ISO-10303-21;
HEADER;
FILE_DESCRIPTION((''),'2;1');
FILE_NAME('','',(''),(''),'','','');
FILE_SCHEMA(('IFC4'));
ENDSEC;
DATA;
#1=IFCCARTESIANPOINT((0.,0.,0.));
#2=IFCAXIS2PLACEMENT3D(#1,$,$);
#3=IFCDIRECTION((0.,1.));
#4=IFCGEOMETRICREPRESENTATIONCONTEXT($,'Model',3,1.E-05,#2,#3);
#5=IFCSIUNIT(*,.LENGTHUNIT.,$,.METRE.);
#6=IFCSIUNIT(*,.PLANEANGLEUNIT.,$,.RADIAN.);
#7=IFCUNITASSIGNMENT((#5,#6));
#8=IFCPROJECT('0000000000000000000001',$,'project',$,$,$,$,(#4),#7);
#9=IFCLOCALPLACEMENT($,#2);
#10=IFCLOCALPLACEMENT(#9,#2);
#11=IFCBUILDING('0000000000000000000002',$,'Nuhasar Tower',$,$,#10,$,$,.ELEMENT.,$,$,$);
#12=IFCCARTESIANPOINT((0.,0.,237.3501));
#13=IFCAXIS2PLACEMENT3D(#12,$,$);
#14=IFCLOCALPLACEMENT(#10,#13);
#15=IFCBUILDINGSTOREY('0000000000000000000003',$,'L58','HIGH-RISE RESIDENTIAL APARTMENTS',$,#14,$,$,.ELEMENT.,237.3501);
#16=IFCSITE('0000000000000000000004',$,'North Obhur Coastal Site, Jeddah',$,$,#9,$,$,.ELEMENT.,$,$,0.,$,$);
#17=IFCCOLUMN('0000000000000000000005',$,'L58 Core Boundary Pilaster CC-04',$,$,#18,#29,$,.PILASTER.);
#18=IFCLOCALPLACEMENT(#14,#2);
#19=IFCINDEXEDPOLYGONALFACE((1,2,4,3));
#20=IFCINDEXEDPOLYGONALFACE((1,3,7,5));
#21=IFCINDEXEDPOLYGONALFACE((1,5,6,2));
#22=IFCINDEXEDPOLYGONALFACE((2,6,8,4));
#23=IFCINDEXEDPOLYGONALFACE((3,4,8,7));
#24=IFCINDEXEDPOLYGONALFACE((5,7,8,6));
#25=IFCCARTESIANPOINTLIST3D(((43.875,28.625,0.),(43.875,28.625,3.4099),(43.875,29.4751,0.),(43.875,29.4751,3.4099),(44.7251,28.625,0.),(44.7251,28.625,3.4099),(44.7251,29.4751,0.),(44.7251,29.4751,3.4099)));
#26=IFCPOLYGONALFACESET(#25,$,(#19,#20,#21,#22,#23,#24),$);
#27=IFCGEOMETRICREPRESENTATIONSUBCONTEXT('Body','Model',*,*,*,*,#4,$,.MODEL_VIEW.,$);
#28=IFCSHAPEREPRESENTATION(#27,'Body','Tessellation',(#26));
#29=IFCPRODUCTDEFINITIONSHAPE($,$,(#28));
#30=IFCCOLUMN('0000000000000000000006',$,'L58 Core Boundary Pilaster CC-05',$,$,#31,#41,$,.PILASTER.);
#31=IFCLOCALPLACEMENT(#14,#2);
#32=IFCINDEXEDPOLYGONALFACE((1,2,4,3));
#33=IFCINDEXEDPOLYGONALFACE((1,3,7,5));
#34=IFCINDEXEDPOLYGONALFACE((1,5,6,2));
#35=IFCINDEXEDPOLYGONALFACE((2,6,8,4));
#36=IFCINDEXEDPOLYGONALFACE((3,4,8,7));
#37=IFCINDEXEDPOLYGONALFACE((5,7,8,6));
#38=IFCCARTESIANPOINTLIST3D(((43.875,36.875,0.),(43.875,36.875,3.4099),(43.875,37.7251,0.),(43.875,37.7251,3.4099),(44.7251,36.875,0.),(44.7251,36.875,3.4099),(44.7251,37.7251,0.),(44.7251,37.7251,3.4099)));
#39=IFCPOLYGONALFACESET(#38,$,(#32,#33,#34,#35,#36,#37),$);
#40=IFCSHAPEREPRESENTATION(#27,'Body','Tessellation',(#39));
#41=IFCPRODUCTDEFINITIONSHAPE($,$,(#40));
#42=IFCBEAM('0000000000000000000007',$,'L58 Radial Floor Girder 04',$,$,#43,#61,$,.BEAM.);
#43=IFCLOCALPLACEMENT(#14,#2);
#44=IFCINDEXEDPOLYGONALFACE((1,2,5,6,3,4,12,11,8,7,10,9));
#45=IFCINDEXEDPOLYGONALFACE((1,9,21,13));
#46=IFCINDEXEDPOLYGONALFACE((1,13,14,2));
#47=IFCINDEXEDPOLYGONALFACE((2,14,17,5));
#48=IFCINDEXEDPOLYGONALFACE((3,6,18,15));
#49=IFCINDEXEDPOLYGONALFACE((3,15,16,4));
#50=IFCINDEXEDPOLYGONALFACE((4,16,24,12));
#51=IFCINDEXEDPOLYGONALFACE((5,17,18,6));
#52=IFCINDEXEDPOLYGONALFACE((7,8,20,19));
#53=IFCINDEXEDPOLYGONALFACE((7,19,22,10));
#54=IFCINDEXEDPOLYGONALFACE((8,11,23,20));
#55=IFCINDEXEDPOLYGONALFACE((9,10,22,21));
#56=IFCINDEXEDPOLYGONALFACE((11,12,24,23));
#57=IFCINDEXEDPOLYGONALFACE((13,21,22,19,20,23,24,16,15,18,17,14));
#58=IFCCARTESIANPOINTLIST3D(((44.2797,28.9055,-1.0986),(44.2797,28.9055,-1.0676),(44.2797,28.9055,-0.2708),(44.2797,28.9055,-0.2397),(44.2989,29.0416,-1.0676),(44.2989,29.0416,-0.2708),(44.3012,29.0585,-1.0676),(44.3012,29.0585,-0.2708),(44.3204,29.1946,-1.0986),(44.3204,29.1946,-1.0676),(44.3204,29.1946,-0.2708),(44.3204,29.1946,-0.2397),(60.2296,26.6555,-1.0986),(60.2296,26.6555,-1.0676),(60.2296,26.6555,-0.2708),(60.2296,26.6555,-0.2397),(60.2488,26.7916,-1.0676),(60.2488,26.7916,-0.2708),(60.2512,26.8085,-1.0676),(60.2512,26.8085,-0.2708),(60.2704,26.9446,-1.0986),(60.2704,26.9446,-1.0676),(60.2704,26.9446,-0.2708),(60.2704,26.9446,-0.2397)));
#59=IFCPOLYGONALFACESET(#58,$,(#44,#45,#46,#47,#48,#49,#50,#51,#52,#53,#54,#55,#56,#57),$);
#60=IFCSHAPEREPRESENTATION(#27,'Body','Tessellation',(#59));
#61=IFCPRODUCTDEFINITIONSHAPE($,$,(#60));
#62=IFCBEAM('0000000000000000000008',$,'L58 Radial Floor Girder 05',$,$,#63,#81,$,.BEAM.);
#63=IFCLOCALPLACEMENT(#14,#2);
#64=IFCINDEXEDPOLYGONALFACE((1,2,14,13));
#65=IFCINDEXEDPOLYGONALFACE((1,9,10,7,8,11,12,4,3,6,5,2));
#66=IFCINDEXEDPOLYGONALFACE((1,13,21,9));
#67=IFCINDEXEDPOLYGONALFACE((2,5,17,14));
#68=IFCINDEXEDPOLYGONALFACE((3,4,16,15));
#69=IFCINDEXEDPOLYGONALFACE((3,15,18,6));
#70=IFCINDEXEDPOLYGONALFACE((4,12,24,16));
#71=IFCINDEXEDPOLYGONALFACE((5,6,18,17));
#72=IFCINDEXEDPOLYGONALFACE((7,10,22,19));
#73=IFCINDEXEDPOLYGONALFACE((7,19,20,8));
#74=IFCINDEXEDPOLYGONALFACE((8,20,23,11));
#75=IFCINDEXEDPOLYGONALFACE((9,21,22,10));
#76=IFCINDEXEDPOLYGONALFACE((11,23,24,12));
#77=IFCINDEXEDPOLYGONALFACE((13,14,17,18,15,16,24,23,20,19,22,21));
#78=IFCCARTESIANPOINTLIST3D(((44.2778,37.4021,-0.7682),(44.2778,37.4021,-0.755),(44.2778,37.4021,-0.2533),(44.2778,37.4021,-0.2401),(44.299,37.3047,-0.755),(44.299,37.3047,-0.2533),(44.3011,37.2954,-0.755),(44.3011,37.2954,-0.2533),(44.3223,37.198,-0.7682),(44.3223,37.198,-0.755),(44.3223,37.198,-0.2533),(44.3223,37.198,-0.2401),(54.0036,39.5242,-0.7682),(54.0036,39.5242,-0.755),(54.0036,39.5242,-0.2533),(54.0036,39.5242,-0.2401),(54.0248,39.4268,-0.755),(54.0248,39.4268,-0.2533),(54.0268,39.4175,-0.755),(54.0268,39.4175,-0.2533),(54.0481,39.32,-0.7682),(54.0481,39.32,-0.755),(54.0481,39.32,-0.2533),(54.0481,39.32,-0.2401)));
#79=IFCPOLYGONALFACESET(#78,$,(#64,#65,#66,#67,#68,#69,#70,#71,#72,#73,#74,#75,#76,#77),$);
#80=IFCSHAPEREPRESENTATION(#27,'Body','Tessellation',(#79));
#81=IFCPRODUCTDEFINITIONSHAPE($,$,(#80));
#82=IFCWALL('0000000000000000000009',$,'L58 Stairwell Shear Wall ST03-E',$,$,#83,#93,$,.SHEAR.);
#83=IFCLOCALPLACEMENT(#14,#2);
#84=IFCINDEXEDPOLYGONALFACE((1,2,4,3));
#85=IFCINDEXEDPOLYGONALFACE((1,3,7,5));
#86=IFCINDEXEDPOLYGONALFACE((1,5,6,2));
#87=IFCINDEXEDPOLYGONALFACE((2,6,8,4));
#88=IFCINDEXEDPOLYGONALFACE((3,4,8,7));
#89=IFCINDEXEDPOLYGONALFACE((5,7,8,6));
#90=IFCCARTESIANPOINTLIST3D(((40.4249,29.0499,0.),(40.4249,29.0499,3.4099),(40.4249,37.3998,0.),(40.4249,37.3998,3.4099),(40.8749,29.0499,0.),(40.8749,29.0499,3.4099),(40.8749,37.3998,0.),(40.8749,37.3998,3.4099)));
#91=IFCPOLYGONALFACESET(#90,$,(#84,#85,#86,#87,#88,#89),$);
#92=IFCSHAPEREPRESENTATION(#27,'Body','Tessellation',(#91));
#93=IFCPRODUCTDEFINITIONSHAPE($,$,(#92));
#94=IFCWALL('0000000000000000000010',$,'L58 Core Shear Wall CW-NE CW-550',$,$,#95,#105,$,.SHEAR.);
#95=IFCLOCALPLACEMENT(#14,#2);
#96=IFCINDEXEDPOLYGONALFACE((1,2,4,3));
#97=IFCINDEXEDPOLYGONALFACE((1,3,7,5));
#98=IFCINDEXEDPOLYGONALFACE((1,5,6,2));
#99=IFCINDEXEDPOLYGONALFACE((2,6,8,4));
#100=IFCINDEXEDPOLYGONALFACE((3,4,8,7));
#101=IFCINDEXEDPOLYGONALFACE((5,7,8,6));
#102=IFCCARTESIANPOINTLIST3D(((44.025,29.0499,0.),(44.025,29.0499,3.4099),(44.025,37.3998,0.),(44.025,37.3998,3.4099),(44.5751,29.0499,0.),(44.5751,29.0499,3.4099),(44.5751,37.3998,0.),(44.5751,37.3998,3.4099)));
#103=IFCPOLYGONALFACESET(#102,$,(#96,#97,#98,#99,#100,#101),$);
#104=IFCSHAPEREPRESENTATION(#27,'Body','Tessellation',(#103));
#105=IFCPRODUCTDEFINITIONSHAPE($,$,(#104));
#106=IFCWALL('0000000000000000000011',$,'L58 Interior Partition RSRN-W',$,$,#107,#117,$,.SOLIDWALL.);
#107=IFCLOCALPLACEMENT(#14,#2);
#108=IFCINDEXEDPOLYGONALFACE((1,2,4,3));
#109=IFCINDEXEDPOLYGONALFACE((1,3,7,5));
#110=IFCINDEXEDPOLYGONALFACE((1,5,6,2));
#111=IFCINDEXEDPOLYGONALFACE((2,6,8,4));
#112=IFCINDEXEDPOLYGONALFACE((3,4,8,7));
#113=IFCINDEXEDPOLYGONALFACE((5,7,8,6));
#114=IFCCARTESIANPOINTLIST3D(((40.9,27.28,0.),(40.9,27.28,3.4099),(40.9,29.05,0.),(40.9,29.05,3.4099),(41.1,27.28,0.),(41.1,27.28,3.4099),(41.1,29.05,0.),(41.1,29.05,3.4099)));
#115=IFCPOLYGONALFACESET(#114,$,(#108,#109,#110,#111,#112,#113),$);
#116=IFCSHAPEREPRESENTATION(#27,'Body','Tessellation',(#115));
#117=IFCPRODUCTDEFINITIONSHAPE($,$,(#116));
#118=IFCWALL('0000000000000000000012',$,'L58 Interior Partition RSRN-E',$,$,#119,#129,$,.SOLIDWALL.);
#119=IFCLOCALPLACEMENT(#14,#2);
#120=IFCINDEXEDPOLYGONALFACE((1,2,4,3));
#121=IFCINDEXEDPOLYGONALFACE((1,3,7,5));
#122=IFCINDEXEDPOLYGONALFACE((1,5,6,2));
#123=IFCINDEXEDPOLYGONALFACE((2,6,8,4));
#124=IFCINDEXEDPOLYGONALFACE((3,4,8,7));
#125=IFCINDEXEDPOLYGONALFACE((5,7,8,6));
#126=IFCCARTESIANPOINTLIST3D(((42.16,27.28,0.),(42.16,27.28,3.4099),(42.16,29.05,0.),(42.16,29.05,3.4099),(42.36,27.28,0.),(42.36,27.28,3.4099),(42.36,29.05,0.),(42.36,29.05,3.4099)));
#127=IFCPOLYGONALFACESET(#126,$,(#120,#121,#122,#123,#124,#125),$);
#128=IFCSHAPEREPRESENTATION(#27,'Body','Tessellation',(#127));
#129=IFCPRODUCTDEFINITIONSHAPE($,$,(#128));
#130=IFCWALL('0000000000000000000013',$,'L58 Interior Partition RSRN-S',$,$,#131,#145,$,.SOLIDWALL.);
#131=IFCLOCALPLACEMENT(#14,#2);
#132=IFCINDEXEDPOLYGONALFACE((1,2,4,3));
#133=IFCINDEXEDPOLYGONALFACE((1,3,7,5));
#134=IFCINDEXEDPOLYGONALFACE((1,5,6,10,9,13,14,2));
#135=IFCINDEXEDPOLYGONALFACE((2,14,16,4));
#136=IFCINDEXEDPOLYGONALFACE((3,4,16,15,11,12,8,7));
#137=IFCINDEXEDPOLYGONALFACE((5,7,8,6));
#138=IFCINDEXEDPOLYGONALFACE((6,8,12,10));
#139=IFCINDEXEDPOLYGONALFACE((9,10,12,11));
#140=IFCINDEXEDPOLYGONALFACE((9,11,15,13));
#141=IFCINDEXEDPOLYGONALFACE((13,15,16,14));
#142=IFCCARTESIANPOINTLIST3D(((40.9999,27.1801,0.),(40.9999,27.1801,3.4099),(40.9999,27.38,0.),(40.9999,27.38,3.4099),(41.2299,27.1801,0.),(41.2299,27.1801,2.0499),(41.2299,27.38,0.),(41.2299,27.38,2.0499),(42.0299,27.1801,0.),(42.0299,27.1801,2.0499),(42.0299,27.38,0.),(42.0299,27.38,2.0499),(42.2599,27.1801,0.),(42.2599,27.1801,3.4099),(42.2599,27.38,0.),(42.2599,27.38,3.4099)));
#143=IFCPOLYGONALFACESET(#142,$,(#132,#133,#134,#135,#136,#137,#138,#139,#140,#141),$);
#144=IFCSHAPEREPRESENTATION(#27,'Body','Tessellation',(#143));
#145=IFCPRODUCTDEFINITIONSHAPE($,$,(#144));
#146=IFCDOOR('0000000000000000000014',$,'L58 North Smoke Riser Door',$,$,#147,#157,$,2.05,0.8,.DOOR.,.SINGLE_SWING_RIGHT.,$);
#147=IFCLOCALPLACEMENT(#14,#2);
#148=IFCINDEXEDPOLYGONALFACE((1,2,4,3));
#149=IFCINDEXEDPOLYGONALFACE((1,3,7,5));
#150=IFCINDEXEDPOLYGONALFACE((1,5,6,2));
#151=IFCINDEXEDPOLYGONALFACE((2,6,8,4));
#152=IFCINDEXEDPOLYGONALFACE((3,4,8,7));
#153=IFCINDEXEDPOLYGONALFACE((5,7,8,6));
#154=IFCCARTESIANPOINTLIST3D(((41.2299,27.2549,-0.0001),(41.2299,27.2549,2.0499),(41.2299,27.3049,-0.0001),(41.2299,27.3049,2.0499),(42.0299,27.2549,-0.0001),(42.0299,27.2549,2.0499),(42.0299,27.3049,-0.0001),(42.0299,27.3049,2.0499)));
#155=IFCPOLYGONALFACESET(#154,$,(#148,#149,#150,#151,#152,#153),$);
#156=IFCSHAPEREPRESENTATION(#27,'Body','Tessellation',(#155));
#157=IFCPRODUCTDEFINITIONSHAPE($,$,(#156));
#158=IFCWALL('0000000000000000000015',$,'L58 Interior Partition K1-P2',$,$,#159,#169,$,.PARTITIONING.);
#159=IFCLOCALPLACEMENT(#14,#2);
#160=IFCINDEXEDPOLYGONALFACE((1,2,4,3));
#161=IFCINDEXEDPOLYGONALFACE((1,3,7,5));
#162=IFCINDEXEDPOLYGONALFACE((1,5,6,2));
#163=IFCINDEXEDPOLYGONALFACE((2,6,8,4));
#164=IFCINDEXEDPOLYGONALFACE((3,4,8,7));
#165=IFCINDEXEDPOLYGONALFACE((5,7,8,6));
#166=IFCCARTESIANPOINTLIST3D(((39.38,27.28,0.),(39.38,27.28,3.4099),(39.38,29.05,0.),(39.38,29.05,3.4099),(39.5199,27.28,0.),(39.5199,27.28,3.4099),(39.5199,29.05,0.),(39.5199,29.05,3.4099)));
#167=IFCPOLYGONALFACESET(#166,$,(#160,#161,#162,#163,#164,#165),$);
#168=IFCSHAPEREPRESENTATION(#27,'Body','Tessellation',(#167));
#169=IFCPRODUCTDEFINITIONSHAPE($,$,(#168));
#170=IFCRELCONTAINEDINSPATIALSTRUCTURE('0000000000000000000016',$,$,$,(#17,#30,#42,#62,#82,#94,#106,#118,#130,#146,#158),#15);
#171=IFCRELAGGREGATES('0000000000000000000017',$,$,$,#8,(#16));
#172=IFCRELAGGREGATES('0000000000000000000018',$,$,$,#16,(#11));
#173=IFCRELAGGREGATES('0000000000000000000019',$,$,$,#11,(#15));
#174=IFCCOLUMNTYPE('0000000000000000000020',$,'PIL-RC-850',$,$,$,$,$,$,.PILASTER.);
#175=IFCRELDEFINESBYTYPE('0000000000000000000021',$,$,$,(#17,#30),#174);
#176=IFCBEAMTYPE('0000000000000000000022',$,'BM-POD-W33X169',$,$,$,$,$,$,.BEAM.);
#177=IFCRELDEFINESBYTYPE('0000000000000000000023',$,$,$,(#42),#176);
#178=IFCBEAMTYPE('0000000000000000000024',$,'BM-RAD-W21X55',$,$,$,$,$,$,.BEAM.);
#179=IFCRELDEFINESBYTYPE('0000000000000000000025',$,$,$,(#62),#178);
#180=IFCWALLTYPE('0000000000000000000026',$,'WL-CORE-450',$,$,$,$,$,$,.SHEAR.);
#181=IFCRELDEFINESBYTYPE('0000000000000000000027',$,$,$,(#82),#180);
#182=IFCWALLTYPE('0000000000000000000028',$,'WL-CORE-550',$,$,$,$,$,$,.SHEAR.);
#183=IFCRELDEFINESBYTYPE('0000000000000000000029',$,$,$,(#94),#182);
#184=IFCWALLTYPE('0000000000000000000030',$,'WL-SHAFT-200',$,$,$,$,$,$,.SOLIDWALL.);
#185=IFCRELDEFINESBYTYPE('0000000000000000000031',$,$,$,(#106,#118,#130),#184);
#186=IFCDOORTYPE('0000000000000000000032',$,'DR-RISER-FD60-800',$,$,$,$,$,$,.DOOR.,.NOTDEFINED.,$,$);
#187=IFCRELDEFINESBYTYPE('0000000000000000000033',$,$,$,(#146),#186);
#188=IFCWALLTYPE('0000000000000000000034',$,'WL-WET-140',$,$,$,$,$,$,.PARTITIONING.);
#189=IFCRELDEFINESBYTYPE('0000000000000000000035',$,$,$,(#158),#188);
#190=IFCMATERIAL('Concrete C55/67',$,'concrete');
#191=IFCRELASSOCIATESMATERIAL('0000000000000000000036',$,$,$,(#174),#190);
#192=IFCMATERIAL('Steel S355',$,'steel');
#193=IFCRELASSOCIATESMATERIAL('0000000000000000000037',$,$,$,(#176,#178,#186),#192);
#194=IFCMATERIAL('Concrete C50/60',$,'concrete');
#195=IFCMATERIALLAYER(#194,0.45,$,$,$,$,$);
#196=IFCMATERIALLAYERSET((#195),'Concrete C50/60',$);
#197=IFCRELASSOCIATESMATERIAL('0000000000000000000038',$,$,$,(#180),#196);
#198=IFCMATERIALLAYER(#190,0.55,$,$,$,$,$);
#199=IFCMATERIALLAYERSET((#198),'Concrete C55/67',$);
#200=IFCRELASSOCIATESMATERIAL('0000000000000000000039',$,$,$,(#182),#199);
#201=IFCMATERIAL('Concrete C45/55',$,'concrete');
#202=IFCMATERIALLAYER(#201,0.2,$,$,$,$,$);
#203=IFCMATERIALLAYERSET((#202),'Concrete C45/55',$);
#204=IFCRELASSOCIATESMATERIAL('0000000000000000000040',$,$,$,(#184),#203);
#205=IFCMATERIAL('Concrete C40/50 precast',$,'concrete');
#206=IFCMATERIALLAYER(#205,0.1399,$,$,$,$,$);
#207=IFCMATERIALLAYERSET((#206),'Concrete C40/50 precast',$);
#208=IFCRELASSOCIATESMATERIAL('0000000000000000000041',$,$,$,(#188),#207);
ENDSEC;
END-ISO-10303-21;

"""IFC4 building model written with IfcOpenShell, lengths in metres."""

from ifc_helpers import new_model, si_unit, direction, frame, frame_2d, origin, origin_2d, place, context, subcontext, project, spatial, rectangle, i_section, extrude, material, layer, layer_set, material_profile, profile_set, type_object, element, fill, save


model = new_model("IFC4")

# Units and contexts
model_context = context("Model", 3, precision=1e-05, world=origin(), true_north=direction((0.0, 1.0)))
body_context = subcontext(model_context, "Body", "Model", "MODEL_VIEW")
ifc_project = project(units=[si_unit("LENGTHUNIT", "METRE"), si_unit("PLANEANGLEUNIT", "RADIAN")], contexts=[model_context])

# Site, building, storey
site_placement = place(None, origin())
site = spatial("IfcSite", under=ifc_project, at=site_placement, Name="North Obhur Coastal Site, Jeddah", CompositionType="ELEMENT", RefElevation=0.0)
building_placement = place(site_placement, origin())
building = spatial("IfcBuilding", under=site, at=building_placement, Name="Nuhasar Tower", CompositionType="ELEMENT")
storey_placement = place(building_placement, frame((0.0, 0.0, 237.3501)))
storey = spatial("IfcBuildingStorey", under=building, at=storey_placement, Name="L58", Description="HIGH-RISE RESIDENTIAL APARTMENTS", CompositionType="ELEMENT", Elevation=237.3501)

# Columns
ifc_material_1 = material(Name="Concrete C55/67", Category="concrete")
ifc_material_profile_1 = material_profile(ifc_material_1, rectangle(XDim=0.8501, YDim=0.8501, at=origin_2d()), Name="RC850X850")
ifc_profile_set_1 = profile_set([ifc_material_profile_1], Name="Concrete C55/67")
column_type = type_object("IfcColumnType", Name="PIL-RC-850", PredefinedType="PILASTER", material=ifc_profile_set_1)
for number, where, z_axis, x_axis, name in (
    (1, (44.3, 29.05, 0.0), (0.0, 0.0, 1.0), (1.0, 0.0, 0.0), "L58 Core Boundary Pilaster CC-04"),
    (2, (44.3, 37.3, 0.0), (0.0, 0.0, 1.0), (1.0, 0.0, 0.0), "L58 Core Boundary Pilaster CC-05"),
):
    element("IfcColumn", number, at=place(storey_placement, frame(where, z_axis=z_axis, x_axis=x_axis)), inside=storey, type_object=column_type, Name=name, PredefinedType="PILASTER", context=body_context, shape_type="SweptSolid", body=[
        extrude(rectangle(XDim=0.8501, YDim=0.8501, at=origin_2d()), origin(), (0.0, 0.0, 1.0), 3.4099),
    ])

# Beams
ifc_material_2 = material(Name="Steel S355", Category="steel")
ifc_material_profile_2 = material_profile(ifc_material_2, i_section(OverallWidth=0.292, OverallDepth=0.8589, WebThickness=0.0171, FlangeThickness=0.031, at=origin_2d()), Name="W33X169")
ifc_profile_set_2 = profile_set([ifc_material_profile_2], Name="Steel S355")
beam_type_1 = type_object("IfcBeamType", Name="BM-POD-W33X169", PredefinedType="BEAM", material=ifc_profile_set_2)
beam_1_placement = place(storey_placement, frame((44.3, 29.05, -0.6692), z_axis=(0.990196, -0.139683, 0.0), x_axis=(0.139683, 0.990196, 0.0)))
element("IfcBeam", 3, at=beam_1_placement, inside=storey, type_object=beam_type_1, Name="L58 Radial Floor Girder 04", PredefinedType="BEAM", context=body_context, shape_type="SweptSolid", body=[
    extrude(i_section(OverallWidth=0.292, OverallDepth=0.8589, WebThickness=0.0171, FlangeThickness=0.031, at=origin_2d()), origin(), (0.0, 0.0, 1.0), 16.1079),
])
ifc_material_profile_3 = material_profile(ifc_material_2, i_section(OverallWidth=0.209, OverallDepth=0.5281, WebThickness=0.0095, FlangeThickness=0.0132, at=origin_2d()), Name="W21X55")
ifc_profile_set_3 = profile_set([ifc_material_profile_3], Name="Steel S355")
beam_type_2 = type_object("IfcBeamType", Name="BM-RAD-W21X55", PredefinedType="BEAM", material=ifc_profile_set_3)
beam_2_placement = place(storey_placement, frame((44.3, 37.3, -0.5042), z_axis=(0.977014, 0.213174, 0.0), x_axis=(-0.213174, 0.977014, 0.0)))
element("IfcBeam", 4, at=beam_2_placement, inside=storey, type_object=beam_type_2, Name="L58 Radial Floor Girder 05", PredefinedType="BEAM", context=body_context, shape_type="SweptSolid", body=[
    extrude(i_section(OverallWidth=0.209, OverallDepth=0.5281, WebThickness=0.0095, FlangeThickness=0.0132, at=origin_2d()), origin(), (0.0, 0.0, 1.0), 9.9546),
])

# Shared definitions
ifc_material_3 = material(Name="Concrete C50/60", Category="concrete")
ifc_layer_1 = layer(ifc_material_3, 0.45)
ifc_layer_set_1 = layer_set([ifc_layer_1], Name="Concrete C50/60")
wall_type_1 = type_object("IfcWallType", Name="WL-CORE-450", PredefinedType="SHEAR", material=ifc_layer_set_1)

# Walls
wall_1_placement = place(storey_placement, frame((40.6499, 29.05, 0.0), z_axis=(0.0, 0.0, 1.0), x_axis=(0.0, 1.0, 0.0)))
element("IfcWall", 5, at=wall_1_placement, inside=storey, type_object=wall_type_1, Name="L58 Stairwell Shear Wall ST03-E", PredefinedType="SHEAR", context=body_context, shape_type="SweptSolid", body=[
    extrude(rectangle(XDim=8.3499, YDim=0.45, at=frame_2d((4.1748, 0.0))), origin(), (0.0, 0.0, 1.0), 3.4099),
])
ifc_layer_2 = layer(ifc_material_1, 0.55)
ifc_layer_set_2 = layer_set([ifc_layer_2], Name="Concrete C55/67")
wall_type_2 = type_object("IfcWallType", Name="WL-CORE-550", PredefinedType="SHEAR", material=ifc_layer_set_2)
wall_2_placement = place(storey_placement, frame((44.3, 29.05, 0.0), z_axis=(0.0, 0.0, 1.0), x_axis=(0.0, 1.0, 0.0)))
element("IfcWall", 6, at=wall_2_placement, inside=storey, type_object=wall_type_2, Name="L58 Core Shear Wall CW-NE CW-550", PredefinedType="SHEAR", context=body_context, shape_type="SweptSolid", body=[
    extrude(rectangle(XDim=8.3499, YDim=0.55, at=frame_2d((4.1748, 0.0))), origin(), (0.0, 0.0, 1.0), 3.4099),
])
ifc_material_4 = material(Name="Concrete C45/55", Category="concrete")
ifc_layer_3 = layer(ifc_material_4, 0.2)
ifc_layer_set_3 = layer_set([ifc_layer_3], Name="Concrete C45/55")
wall_type_3 = type_object("IfcWallType", Name="WL-SHAFT-200", PredefinedType="SOLIDWALL", material=ifc_layer_set_3)
for number, where, z_axis, x_axis, name in (
    (7, (41.0, 27.28, 0.0), (0.0, 0.0, 1.0), (0.0, 1.0, 0.0), "L58 Interior Partition RSRN-W"),
    (8, (42.26, 27.28, 0.0), (0.0, 0.0, 1.0), (0.0, 1.0, 0.0), "L58 Interior Partition RSRN-E"),
):
    element("IfcWall", number, at=place(storey_placement, frame(where, z_axis=z_axis, x_axis=x_axis)), inside=storey, type_object=wall_type_3, Name=name, PredefinedType="SOLIDWALL", context=body_context, shape_type="SweptSolid", body=[
        extrude(rectangle(XDim=1.77, YDim=0.2, at=frame_2d((0.885, 0.0))), origin(), (0.0, 0.0, 1.0), 3.4099),
    ])

# Wall, opening, door
wall_3_placement = place(storey_placement, frame((41.0, 27.28, 0.0), z_axis=(0.0, 0.0, 1.0), x_axis=(1.0, 0.0, 0.0)))
wall_3 = element("IfcWall", 9, at=wall_3_placement, inside=storey, type_object=wall_type_3, Name="L58 Interior Partition RSRN-S", PredefinedType="SOLIDWALL", context=body_context, shape_type="SweptSolid", body=[
    extrude(rectangle(XDim=1.26, YDim=0.2, at=frame_2d((0.6299, 0.0))), origin(), (0.0, 0.0, 1.0), 3.4099),
])
opening_1_placement = place(wall_3_placement, frame((0.23, 0.0, 0.0)))
opening_1 = element("IfcOpeningElement", 10, at=opening_1_placement, cuts=wall_3, PredefinedType="OPENING", context=body_context, shape_type="SweptSolid", body=[
    extrude(rectangle(XDim=0.8, YDim=2.05, at=frame_2d((0.3999, 1.0249))), frame((0.0, 0.1099, 0.0), z_axis=(0.0, -1.0, 0.0), x_axis=(1.0, 0.0, 0.0)), (0.0, 0.0, 1.0), 0.22),
])
door_type_1 = type_object("IfcDoorType", Name="DR-RISER-FD60-800", OperationType="NOTDEFINED", PredefinedType="DOOR", material=ifc_material_2)
door_1_placement = place(opening_1_placement, origin())
door_1 = element("IfcDoor", 11, at=door_1_placement, inside=storey, type_object=door_type_1, Name="L58 North Smoke Riser Door", OperationType="SINGLE_SWING_RIGHT", OverallHeight=2.05, OverallWidth=0.8, PredefinedType="DOOR", context=body_context, shape_type="SweptSolid", body=[
    extrude(rectangle(XDim=0.8, YDim=2.05, at=frame_2d((0.3999, 1.0249))), frame((0.0, 0.0249, 0.0), z_axis=(0.0, -1.0, 0.0), x_axis=(1.0, 0.0, 0.0)), (0.0, 0.0, 1.0), 0.05),
])
fill(opening_1, door_1)

# Wall
ifc_material_5 = material(Name="Concrete C40/50 precast", Category="concrete")
ifc_layer_4 = layer(ifc_material_5, 0.1399)
ifc_layer_set_4 = layer_set([ifc_layer_4], Name="Concrete C40/50 precast")
wall_type_4 = type_object("IfcWallType", Name="WL-WET-140", PredefinedType="PARTITIONING", material=ifc_layer_set_4)
wall_4_placement = place(storey_placement, frame((39.45, 27.28, 0.0), z_axis=(0.0, 0.0, 1.0), x_axis=(0.0, 1.0, 0.0)))
element("IfcWall", 12, at=wall_4_placement, inside=storey, type_object=wall_type_4, Name="L58 Interior Partition K1-P2", PredefinedType="PARTITIONING", context=body_context, shape_type="SweptSolid", body=[
    extrude(rectangle(XDim=1.77, YDim=0.1399, at=frame_2d((0.885, 0.0))), origin(), (0.0, 0.0, 1.0), 3.4099),
])

save(model, "model.ifc")
